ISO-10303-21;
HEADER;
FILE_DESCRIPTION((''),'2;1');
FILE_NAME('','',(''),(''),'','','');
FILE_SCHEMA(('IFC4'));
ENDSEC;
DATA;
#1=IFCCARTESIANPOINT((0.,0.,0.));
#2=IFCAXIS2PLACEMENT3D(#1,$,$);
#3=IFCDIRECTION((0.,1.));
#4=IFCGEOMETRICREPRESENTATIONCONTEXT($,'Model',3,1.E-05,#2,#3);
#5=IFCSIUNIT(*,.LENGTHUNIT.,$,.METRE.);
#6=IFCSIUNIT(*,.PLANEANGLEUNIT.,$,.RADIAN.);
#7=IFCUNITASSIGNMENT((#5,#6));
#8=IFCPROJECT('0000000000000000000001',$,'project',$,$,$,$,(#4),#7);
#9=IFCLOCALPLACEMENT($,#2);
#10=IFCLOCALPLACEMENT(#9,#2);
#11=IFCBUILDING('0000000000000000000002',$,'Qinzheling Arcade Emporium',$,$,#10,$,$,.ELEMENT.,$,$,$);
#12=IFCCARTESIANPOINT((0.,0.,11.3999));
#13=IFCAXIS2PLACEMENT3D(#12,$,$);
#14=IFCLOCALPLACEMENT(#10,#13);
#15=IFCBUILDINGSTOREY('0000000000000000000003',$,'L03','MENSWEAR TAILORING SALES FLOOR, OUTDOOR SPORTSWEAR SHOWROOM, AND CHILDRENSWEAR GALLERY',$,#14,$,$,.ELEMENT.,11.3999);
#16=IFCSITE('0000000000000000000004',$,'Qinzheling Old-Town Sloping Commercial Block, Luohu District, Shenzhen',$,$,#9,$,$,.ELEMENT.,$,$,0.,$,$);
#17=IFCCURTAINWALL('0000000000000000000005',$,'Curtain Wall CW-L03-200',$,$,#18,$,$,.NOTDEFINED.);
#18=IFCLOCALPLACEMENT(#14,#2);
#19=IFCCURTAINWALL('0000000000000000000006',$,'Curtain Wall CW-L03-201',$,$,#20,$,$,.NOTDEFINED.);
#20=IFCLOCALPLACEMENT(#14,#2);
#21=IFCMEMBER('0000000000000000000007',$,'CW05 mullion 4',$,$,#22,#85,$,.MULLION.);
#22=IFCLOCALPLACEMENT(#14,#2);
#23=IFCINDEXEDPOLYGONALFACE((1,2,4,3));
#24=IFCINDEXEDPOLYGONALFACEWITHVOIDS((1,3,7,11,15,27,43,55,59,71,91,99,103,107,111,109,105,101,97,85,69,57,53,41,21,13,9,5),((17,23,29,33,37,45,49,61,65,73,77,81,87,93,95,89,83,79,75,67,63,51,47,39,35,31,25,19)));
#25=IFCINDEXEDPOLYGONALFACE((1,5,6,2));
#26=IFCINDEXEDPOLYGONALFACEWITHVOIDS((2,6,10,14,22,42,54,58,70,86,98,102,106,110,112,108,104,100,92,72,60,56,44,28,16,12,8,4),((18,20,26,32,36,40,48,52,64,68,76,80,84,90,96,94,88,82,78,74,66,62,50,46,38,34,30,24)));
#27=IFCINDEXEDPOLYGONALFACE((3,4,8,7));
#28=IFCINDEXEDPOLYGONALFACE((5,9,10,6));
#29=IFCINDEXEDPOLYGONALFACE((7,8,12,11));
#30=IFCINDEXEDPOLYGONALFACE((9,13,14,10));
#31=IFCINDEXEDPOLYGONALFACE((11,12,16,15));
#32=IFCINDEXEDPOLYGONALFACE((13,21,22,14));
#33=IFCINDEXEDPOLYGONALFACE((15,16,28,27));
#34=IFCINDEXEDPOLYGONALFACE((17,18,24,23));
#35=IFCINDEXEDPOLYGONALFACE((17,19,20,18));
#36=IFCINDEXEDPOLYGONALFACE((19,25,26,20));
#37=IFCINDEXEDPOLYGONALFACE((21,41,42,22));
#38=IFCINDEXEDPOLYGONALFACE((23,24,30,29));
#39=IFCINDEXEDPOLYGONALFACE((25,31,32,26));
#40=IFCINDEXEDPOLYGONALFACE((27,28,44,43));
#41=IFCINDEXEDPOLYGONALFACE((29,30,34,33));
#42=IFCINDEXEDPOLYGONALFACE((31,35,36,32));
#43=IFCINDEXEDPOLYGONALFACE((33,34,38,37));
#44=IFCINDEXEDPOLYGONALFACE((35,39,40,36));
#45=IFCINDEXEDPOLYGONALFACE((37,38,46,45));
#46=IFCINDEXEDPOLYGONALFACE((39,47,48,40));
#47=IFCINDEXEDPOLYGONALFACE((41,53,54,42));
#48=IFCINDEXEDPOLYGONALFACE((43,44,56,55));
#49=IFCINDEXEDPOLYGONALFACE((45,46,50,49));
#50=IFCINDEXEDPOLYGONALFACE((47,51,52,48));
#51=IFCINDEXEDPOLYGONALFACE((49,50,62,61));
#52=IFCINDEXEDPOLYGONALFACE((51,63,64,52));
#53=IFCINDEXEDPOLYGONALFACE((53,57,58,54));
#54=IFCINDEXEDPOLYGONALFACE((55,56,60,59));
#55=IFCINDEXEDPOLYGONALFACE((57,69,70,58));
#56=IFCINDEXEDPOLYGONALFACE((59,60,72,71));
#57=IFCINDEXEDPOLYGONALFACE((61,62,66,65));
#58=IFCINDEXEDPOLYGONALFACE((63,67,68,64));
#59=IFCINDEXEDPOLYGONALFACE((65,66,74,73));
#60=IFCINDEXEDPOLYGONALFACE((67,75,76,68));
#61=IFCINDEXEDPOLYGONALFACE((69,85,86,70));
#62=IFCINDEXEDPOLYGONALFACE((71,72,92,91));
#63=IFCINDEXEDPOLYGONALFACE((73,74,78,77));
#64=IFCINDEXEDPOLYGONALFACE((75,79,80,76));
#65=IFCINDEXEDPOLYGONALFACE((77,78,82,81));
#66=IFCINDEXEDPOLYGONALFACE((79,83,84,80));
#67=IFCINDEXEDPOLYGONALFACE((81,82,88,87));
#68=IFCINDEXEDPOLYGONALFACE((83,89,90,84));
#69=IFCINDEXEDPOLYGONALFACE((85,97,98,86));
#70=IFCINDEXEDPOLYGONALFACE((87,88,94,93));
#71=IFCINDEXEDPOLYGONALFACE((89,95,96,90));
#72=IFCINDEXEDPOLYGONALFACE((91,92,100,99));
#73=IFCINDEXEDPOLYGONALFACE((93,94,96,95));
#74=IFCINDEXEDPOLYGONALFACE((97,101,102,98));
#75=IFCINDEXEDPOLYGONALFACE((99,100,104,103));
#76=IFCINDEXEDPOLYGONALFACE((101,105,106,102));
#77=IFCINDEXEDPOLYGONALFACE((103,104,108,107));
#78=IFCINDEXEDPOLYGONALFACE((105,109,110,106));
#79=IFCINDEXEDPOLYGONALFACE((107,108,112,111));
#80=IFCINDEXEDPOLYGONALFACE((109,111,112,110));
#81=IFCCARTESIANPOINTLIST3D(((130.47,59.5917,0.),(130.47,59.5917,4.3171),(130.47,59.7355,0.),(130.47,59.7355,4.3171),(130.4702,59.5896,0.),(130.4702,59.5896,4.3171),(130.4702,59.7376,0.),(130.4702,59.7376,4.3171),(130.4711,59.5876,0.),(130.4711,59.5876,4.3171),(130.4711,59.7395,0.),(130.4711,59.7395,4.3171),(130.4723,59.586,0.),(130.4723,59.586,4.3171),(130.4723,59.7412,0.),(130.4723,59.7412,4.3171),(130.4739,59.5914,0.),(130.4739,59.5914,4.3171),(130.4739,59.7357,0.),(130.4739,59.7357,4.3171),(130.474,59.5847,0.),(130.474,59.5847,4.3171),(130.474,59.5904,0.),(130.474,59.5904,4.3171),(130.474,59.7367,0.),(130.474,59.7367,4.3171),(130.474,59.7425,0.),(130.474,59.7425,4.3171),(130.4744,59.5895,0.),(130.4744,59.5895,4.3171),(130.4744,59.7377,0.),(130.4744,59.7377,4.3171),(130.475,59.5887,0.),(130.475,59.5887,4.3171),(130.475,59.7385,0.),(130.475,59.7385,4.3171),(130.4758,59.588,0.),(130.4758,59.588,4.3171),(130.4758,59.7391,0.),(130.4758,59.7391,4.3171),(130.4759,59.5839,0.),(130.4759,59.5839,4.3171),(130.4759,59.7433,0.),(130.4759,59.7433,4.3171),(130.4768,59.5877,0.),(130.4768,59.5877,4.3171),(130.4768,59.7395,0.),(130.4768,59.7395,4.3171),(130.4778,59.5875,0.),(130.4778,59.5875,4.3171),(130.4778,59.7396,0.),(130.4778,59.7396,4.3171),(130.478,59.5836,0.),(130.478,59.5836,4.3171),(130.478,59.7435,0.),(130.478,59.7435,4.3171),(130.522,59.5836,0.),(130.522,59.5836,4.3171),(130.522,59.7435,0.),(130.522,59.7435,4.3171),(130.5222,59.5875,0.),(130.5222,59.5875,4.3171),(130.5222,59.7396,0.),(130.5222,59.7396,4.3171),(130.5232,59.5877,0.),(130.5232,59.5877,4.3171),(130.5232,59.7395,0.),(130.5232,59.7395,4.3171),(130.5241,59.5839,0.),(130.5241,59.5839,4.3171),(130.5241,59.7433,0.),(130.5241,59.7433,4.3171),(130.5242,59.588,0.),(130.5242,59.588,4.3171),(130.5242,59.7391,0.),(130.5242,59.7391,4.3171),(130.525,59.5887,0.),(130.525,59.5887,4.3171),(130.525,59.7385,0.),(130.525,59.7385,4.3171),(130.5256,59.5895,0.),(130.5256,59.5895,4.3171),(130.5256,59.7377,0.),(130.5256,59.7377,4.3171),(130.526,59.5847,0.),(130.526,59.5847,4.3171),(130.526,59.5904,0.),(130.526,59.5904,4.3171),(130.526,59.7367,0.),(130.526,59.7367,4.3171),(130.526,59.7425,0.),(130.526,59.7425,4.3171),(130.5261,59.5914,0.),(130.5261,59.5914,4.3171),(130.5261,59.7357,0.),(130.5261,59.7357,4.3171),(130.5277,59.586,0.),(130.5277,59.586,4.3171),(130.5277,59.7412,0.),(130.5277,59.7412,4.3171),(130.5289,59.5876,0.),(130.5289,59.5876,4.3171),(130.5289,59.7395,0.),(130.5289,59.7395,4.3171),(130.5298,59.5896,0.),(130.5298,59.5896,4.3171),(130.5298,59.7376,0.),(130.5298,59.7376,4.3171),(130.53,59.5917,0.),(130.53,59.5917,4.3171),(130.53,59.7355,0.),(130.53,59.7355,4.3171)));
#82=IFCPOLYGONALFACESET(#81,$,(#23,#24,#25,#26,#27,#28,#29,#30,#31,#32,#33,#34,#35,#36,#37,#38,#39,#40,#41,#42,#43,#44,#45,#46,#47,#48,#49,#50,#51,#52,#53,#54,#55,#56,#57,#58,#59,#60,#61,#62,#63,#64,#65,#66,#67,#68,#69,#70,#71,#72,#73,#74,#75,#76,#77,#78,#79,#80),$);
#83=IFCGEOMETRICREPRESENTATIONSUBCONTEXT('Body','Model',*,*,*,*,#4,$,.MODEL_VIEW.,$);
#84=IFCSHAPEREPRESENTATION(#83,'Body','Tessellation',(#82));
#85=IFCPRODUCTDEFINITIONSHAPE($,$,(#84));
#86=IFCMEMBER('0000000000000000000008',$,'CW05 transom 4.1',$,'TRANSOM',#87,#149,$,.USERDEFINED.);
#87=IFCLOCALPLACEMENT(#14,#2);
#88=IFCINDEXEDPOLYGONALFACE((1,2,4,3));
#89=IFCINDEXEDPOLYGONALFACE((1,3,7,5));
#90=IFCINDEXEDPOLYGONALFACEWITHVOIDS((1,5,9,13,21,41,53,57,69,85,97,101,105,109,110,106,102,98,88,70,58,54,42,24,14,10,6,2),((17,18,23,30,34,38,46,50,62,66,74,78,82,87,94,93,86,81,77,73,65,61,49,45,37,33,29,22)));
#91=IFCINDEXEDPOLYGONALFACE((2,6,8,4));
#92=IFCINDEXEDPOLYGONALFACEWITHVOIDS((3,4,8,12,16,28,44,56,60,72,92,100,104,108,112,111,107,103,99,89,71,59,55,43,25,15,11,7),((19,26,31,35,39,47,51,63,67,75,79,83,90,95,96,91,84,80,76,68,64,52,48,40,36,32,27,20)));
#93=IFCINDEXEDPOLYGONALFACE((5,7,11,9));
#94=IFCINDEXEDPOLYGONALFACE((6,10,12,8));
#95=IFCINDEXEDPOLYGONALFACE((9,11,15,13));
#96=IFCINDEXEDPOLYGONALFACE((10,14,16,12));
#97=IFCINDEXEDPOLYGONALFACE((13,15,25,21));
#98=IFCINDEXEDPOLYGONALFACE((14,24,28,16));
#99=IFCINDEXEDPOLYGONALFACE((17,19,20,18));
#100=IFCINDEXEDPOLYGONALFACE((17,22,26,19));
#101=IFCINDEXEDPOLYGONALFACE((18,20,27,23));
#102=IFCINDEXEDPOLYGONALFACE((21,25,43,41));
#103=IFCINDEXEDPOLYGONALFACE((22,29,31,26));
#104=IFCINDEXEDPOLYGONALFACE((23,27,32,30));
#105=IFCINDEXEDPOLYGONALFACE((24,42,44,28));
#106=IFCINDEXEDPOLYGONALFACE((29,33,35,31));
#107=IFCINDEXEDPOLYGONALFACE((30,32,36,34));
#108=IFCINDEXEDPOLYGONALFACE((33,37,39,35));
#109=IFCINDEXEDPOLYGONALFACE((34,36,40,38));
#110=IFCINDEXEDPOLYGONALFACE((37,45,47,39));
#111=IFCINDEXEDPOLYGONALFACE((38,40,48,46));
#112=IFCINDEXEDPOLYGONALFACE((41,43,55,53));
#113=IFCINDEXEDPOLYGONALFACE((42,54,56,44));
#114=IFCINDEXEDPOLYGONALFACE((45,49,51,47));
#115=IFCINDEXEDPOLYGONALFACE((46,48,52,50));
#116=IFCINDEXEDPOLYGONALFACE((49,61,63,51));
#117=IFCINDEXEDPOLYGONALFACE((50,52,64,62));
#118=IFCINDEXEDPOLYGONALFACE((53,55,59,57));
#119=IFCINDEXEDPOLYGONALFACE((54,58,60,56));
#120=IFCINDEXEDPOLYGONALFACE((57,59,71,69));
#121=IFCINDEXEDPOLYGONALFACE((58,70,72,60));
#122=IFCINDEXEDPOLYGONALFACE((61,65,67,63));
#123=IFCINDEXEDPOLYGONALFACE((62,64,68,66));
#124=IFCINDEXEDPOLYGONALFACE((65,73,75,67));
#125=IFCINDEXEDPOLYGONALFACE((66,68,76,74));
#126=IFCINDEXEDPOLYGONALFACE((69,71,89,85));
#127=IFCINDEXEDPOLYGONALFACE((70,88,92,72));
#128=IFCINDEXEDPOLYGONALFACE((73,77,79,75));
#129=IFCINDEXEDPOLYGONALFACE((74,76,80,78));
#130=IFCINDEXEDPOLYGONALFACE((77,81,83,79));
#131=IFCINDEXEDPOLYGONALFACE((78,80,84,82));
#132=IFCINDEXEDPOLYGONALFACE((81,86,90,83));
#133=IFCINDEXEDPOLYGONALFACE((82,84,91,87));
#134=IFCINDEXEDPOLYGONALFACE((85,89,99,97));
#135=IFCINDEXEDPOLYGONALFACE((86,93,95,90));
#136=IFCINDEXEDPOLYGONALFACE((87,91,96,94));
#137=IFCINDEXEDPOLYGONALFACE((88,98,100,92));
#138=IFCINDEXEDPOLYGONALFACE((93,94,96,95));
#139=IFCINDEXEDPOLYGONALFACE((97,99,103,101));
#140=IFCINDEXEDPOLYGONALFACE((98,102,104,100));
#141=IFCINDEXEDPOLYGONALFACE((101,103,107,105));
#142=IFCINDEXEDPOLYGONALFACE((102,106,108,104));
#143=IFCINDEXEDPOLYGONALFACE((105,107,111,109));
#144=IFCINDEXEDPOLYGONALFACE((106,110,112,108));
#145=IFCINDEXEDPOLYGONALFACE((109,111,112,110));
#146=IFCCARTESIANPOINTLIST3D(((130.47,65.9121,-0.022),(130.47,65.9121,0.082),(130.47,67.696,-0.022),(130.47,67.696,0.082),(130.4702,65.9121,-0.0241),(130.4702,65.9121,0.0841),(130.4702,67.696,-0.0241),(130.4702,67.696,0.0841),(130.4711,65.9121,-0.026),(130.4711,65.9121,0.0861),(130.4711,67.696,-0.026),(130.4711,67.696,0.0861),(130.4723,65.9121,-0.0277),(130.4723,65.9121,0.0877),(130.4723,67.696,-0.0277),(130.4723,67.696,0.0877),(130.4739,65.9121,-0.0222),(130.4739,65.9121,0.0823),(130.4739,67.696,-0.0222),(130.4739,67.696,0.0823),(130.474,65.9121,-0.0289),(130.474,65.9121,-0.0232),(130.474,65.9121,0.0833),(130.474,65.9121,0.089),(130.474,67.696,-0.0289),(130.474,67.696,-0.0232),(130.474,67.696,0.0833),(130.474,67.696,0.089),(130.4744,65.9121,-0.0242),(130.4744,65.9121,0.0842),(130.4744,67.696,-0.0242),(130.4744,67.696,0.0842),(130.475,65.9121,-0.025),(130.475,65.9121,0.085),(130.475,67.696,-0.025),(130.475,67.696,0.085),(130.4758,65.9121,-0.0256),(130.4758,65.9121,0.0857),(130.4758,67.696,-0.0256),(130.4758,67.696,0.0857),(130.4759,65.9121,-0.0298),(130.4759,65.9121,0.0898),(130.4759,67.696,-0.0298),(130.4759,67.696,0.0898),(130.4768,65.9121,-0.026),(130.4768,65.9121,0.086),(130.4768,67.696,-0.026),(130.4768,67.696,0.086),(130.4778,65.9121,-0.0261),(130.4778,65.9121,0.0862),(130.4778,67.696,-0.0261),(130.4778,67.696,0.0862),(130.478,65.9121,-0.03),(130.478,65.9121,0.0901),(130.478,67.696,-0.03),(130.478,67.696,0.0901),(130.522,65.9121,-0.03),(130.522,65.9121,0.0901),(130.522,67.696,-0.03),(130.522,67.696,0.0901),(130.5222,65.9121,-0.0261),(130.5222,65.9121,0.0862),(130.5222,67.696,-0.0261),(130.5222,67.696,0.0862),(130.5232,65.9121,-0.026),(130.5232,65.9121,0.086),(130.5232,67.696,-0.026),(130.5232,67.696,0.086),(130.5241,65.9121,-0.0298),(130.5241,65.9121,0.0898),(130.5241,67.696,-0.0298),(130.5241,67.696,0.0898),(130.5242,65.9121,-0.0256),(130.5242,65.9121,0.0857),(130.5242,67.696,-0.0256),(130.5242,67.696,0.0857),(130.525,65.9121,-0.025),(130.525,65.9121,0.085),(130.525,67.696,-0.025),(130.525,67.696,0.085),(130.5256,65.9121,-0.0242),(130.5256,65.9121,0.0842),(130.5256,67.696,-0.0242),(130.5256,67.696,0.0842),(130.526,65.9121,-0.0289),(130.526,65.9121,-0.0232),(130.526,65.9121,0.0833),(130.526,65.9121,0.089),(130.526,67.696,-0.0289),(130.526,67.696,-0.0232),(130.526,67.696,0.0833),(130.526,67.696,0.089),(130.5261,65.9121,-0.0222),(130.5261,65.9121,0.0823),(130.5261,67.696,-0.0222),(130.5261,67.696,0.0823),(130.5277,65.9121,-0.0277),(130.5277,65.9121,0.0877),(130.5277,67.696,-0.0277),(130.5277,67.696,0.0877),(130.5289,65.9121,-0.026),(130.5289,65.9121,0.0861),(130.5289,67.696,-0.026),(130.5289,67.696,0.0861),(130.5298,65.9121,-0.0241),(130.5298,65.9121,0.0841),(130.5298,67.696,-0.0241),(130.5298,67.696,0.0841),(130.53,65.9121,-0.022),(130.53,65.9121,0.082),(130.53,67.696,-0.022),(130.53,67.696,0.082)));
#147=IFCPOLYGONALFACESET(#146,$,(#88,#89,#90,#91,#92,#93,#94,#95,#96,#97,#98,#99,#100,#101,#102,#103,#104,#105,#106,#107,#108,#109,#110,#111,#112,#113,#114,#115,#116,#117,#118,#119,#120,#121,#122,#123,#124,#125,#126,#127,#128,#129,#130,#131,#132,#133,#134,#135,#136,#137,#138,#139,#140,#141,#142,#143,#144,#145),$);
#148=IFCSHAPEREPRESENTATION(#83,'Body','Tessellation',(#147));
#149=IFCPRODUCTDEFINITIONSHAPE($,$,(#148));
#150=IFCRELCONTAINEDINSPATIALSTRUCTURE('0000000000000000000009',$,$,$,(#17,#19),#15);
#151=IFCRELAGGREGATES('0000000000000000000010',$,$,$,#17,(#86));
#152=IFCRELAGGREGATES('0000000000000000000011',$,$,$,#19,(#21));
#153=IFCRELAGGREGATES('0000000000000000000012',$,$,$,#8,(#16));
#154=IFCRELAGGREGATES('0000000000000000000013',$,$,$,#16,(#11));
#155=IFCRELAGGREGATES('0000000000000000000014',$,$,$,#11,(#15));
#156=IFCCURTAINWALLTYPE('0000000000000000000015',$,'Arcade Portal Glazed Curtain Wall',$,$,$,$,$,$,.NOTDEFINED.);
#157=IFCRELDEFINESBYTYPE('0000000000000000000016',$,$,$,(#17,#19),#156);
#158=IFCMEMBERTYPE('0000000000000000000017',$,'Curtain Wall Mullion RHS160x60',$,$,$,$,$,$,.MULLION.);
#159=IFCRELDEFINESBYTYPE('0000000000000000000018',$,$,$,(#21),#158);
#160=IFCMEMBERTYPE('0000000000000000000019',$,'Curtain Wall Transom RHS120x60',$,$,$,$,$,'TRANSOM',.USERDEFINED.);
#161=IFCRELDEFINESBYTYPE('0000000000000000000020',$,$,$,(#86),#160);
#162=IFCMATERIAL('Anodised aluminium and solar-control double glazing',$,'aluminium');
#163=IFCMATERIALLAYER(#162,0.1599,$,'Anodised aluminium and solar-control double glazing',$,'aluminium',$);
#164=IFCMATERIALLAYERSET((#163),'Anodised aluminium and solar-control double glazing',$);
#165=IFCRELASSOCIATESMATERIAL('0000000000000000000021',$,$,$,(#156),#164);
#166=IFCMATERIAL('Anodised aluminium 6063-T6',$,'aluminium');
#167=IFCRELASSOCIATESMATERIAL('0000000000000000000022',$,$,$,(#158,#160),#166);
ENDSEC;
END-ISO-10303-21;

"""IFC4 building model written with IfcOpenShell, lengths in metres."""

from ifc_helpers import new_model, si_unit, direction, frame, origin, origin_2d, place, context, subcontext, project, spatial, hollow_rectangle, extrude, material, layer, layer_set, material_profile, profile_set, type_object, element, aggregate, save


model = new_model("IFC4")

# Units and contexts
model_context = context("Model", 3, precision=1e-05, world=origin(), true_north=direction((0.0, 1.0)))
body_context = subcontext(model_context, "Body", "Model", "MODEL_VIEW")
ifc_project = project(units=[si_unit("LENGTHUNIT", "METRE"), si_unit("PLANEANGLEUNIT", "RADIAN")], contexts=[model_context])

# Site, building, storey
site_placement = place(None, origin())
site = spatial("IfcSite", under=ifc_project, at=site_placement, Name="Qinzheling Old-Town Sloping Commercial Block, Luohu District, Shenzhen", CompositionType="ELEMENT", RefElevation=0.0)
building_placement = place(site_placement, origin())
building = spatial("IfcBuilding", under=site, at=building_placement, Name="Qinzheling Arcade Emporium", CompositionType="ELEMENT")
storey_placement = place(building_placement, frame((0.0, 0.0, 11.3999)))
storey = spatial("IfcBuildingStorey", under=building, at=storey_placement, Name="L03", Description="MENSWEAR TAILORING SALES FLOOR, OUTDOOR SPORTSWEAR SHOWROOM, AND CHILDRENSWEAR GALLERY", CompositionType="ELEMENT", Elevation=11.3999)

# Curtain wall
ifc_material_1 = material(Name="Anodised aluminium and solar-control double glazing", Category="aluminium")
ifc_layer_1 = layer(ifc_material_1, 0.1599, Name="Anodised aluminium and solar-control double glazing", Category="aluminium")
ifc_layer_set_1 = layer_set([ifc_layer_1], Name="Anodised aluminium and solar-control double glazing")
curtain_wall_type = type_object("IfcCurtainWallType", Name="Arcade Portal Glazed Curtain Wall", PredefinedType="NOTDEFINED", material=ifc_layer_set_1)
curtain_wall_1_placement = place(storey_placement, origin())
curtain_wall_1 = element("IfcCurtainWall", 1, at=curtain_wall_1_placement, inside=storey, type_object=curtain_wall_type, Name="Curtain Wall CW-L03-200", PredefinedType="NOTDEFINED")
ifc_material_2 = material(Name="Anodised aluminium 6063-T6", Category="aluminium")
ifc_material_profile_1 = material_profile(ifc_material_2, hollow_rectangle(XDim=0.0601, YDim=0.1599, WallThickness=0.0039, InnerFilletRadius=0.0039, OuterFilletRadius=0.0081, at=origin_2d()), Name="RHS 160x60x4", Category="aluminium")
ifc_profile_set_1 = profile_set([ifc_material_profile_1], Name="Anodised aluminium 6063-T6")
member_type_1 = type_object("IfcMemberType", Name="Curtain Wall Mullion RHS160x60", PredefinedType="MULLION", material=ifc_profile_set_1)

# Curtain wall, member
curtain_wall_2_placement = place(storey_placement, origin())
curtain_wall_2 = element("IfcCurtainWall", 2, at=curtain_wall_2_placement, inside=storey, type_object=curtain_wall_type, Name="Curtain Wall CW-L03-201", PredefinedType="NOTDEFINED")
member_1_placement = place(storey_placement, frame((130.5, 59.6636, 0.0), z_axis=(0.0, 0.0, 1.0), x_axis=(1.0, 0.0, 0.0)))
member_1 = element("IfcMember", 3, at=member_1_placement, type_object=member_type_1, Name="CW05 mullion 4", PredefinedType="MULLION", context=body_context, shape_type="SweptSolid", body=[
    extrude(hollow_rectangle(XDim=0.0601, YDim=0.1599, WallThickness=0.0039, InnerFilletRadius=0.0039, OuterFilletRadius=0.0081, at=origin_2d()), origin(), (0.0, 0.0, 1.0), 4.3171),
])

# Member
ifc_material_profile_2 = material_profile(ifc_material_2, hollow_rectangle(XDim=0.0601, YDim=0.1201, WallThickness=0.0039, InnerFilletRadius=0.0039, OuterFilletRadius=0.0081, at=origin_2d()), Name="RHS 120x60x4", Category="aluminium")
ifc_profile_set_2 = profile_set([ifc_material_profile_2], Name="Anodised aluminium 6063-T6")
member_type_2 = type_object("IfcMemberType", Name="Curtain Wall Transom RHS120x60", ElementType="TRANSOM", PredefinedType="USERDEFINED", material=ifc_profile_set_2)
member_2_placement = place(storey_placement, frame((130.5, 67.696, 0.03), z_axis=(0.0, -1.0, 0.0), x_axis=(1.0, 0.0, 0.0)))
member_2 = element("IfcMember", 4, at=member_2_placement, type_object=member_type_2, Name="CW05 transom 4.1", ObjectType="TRANSOM", PredefinedType="USERDEFINED", context=body_context, shape_type="SweptSolid", body=[
    extrude(hollow_rectangle(XDim=0.0601, YDim=0.1201, WallThickness=0.0039, InnerFilletRadius=0.0039, OuterFilletRadius=0.0081, at=origin_2d()), origin(), (0.0, 0.0, 1.0), 1.7839),
])

aggregate(curtain_wall_1, [member_2])
aggregate(curtain_wall_2, [member_1])

save(model, "model.ifc")
